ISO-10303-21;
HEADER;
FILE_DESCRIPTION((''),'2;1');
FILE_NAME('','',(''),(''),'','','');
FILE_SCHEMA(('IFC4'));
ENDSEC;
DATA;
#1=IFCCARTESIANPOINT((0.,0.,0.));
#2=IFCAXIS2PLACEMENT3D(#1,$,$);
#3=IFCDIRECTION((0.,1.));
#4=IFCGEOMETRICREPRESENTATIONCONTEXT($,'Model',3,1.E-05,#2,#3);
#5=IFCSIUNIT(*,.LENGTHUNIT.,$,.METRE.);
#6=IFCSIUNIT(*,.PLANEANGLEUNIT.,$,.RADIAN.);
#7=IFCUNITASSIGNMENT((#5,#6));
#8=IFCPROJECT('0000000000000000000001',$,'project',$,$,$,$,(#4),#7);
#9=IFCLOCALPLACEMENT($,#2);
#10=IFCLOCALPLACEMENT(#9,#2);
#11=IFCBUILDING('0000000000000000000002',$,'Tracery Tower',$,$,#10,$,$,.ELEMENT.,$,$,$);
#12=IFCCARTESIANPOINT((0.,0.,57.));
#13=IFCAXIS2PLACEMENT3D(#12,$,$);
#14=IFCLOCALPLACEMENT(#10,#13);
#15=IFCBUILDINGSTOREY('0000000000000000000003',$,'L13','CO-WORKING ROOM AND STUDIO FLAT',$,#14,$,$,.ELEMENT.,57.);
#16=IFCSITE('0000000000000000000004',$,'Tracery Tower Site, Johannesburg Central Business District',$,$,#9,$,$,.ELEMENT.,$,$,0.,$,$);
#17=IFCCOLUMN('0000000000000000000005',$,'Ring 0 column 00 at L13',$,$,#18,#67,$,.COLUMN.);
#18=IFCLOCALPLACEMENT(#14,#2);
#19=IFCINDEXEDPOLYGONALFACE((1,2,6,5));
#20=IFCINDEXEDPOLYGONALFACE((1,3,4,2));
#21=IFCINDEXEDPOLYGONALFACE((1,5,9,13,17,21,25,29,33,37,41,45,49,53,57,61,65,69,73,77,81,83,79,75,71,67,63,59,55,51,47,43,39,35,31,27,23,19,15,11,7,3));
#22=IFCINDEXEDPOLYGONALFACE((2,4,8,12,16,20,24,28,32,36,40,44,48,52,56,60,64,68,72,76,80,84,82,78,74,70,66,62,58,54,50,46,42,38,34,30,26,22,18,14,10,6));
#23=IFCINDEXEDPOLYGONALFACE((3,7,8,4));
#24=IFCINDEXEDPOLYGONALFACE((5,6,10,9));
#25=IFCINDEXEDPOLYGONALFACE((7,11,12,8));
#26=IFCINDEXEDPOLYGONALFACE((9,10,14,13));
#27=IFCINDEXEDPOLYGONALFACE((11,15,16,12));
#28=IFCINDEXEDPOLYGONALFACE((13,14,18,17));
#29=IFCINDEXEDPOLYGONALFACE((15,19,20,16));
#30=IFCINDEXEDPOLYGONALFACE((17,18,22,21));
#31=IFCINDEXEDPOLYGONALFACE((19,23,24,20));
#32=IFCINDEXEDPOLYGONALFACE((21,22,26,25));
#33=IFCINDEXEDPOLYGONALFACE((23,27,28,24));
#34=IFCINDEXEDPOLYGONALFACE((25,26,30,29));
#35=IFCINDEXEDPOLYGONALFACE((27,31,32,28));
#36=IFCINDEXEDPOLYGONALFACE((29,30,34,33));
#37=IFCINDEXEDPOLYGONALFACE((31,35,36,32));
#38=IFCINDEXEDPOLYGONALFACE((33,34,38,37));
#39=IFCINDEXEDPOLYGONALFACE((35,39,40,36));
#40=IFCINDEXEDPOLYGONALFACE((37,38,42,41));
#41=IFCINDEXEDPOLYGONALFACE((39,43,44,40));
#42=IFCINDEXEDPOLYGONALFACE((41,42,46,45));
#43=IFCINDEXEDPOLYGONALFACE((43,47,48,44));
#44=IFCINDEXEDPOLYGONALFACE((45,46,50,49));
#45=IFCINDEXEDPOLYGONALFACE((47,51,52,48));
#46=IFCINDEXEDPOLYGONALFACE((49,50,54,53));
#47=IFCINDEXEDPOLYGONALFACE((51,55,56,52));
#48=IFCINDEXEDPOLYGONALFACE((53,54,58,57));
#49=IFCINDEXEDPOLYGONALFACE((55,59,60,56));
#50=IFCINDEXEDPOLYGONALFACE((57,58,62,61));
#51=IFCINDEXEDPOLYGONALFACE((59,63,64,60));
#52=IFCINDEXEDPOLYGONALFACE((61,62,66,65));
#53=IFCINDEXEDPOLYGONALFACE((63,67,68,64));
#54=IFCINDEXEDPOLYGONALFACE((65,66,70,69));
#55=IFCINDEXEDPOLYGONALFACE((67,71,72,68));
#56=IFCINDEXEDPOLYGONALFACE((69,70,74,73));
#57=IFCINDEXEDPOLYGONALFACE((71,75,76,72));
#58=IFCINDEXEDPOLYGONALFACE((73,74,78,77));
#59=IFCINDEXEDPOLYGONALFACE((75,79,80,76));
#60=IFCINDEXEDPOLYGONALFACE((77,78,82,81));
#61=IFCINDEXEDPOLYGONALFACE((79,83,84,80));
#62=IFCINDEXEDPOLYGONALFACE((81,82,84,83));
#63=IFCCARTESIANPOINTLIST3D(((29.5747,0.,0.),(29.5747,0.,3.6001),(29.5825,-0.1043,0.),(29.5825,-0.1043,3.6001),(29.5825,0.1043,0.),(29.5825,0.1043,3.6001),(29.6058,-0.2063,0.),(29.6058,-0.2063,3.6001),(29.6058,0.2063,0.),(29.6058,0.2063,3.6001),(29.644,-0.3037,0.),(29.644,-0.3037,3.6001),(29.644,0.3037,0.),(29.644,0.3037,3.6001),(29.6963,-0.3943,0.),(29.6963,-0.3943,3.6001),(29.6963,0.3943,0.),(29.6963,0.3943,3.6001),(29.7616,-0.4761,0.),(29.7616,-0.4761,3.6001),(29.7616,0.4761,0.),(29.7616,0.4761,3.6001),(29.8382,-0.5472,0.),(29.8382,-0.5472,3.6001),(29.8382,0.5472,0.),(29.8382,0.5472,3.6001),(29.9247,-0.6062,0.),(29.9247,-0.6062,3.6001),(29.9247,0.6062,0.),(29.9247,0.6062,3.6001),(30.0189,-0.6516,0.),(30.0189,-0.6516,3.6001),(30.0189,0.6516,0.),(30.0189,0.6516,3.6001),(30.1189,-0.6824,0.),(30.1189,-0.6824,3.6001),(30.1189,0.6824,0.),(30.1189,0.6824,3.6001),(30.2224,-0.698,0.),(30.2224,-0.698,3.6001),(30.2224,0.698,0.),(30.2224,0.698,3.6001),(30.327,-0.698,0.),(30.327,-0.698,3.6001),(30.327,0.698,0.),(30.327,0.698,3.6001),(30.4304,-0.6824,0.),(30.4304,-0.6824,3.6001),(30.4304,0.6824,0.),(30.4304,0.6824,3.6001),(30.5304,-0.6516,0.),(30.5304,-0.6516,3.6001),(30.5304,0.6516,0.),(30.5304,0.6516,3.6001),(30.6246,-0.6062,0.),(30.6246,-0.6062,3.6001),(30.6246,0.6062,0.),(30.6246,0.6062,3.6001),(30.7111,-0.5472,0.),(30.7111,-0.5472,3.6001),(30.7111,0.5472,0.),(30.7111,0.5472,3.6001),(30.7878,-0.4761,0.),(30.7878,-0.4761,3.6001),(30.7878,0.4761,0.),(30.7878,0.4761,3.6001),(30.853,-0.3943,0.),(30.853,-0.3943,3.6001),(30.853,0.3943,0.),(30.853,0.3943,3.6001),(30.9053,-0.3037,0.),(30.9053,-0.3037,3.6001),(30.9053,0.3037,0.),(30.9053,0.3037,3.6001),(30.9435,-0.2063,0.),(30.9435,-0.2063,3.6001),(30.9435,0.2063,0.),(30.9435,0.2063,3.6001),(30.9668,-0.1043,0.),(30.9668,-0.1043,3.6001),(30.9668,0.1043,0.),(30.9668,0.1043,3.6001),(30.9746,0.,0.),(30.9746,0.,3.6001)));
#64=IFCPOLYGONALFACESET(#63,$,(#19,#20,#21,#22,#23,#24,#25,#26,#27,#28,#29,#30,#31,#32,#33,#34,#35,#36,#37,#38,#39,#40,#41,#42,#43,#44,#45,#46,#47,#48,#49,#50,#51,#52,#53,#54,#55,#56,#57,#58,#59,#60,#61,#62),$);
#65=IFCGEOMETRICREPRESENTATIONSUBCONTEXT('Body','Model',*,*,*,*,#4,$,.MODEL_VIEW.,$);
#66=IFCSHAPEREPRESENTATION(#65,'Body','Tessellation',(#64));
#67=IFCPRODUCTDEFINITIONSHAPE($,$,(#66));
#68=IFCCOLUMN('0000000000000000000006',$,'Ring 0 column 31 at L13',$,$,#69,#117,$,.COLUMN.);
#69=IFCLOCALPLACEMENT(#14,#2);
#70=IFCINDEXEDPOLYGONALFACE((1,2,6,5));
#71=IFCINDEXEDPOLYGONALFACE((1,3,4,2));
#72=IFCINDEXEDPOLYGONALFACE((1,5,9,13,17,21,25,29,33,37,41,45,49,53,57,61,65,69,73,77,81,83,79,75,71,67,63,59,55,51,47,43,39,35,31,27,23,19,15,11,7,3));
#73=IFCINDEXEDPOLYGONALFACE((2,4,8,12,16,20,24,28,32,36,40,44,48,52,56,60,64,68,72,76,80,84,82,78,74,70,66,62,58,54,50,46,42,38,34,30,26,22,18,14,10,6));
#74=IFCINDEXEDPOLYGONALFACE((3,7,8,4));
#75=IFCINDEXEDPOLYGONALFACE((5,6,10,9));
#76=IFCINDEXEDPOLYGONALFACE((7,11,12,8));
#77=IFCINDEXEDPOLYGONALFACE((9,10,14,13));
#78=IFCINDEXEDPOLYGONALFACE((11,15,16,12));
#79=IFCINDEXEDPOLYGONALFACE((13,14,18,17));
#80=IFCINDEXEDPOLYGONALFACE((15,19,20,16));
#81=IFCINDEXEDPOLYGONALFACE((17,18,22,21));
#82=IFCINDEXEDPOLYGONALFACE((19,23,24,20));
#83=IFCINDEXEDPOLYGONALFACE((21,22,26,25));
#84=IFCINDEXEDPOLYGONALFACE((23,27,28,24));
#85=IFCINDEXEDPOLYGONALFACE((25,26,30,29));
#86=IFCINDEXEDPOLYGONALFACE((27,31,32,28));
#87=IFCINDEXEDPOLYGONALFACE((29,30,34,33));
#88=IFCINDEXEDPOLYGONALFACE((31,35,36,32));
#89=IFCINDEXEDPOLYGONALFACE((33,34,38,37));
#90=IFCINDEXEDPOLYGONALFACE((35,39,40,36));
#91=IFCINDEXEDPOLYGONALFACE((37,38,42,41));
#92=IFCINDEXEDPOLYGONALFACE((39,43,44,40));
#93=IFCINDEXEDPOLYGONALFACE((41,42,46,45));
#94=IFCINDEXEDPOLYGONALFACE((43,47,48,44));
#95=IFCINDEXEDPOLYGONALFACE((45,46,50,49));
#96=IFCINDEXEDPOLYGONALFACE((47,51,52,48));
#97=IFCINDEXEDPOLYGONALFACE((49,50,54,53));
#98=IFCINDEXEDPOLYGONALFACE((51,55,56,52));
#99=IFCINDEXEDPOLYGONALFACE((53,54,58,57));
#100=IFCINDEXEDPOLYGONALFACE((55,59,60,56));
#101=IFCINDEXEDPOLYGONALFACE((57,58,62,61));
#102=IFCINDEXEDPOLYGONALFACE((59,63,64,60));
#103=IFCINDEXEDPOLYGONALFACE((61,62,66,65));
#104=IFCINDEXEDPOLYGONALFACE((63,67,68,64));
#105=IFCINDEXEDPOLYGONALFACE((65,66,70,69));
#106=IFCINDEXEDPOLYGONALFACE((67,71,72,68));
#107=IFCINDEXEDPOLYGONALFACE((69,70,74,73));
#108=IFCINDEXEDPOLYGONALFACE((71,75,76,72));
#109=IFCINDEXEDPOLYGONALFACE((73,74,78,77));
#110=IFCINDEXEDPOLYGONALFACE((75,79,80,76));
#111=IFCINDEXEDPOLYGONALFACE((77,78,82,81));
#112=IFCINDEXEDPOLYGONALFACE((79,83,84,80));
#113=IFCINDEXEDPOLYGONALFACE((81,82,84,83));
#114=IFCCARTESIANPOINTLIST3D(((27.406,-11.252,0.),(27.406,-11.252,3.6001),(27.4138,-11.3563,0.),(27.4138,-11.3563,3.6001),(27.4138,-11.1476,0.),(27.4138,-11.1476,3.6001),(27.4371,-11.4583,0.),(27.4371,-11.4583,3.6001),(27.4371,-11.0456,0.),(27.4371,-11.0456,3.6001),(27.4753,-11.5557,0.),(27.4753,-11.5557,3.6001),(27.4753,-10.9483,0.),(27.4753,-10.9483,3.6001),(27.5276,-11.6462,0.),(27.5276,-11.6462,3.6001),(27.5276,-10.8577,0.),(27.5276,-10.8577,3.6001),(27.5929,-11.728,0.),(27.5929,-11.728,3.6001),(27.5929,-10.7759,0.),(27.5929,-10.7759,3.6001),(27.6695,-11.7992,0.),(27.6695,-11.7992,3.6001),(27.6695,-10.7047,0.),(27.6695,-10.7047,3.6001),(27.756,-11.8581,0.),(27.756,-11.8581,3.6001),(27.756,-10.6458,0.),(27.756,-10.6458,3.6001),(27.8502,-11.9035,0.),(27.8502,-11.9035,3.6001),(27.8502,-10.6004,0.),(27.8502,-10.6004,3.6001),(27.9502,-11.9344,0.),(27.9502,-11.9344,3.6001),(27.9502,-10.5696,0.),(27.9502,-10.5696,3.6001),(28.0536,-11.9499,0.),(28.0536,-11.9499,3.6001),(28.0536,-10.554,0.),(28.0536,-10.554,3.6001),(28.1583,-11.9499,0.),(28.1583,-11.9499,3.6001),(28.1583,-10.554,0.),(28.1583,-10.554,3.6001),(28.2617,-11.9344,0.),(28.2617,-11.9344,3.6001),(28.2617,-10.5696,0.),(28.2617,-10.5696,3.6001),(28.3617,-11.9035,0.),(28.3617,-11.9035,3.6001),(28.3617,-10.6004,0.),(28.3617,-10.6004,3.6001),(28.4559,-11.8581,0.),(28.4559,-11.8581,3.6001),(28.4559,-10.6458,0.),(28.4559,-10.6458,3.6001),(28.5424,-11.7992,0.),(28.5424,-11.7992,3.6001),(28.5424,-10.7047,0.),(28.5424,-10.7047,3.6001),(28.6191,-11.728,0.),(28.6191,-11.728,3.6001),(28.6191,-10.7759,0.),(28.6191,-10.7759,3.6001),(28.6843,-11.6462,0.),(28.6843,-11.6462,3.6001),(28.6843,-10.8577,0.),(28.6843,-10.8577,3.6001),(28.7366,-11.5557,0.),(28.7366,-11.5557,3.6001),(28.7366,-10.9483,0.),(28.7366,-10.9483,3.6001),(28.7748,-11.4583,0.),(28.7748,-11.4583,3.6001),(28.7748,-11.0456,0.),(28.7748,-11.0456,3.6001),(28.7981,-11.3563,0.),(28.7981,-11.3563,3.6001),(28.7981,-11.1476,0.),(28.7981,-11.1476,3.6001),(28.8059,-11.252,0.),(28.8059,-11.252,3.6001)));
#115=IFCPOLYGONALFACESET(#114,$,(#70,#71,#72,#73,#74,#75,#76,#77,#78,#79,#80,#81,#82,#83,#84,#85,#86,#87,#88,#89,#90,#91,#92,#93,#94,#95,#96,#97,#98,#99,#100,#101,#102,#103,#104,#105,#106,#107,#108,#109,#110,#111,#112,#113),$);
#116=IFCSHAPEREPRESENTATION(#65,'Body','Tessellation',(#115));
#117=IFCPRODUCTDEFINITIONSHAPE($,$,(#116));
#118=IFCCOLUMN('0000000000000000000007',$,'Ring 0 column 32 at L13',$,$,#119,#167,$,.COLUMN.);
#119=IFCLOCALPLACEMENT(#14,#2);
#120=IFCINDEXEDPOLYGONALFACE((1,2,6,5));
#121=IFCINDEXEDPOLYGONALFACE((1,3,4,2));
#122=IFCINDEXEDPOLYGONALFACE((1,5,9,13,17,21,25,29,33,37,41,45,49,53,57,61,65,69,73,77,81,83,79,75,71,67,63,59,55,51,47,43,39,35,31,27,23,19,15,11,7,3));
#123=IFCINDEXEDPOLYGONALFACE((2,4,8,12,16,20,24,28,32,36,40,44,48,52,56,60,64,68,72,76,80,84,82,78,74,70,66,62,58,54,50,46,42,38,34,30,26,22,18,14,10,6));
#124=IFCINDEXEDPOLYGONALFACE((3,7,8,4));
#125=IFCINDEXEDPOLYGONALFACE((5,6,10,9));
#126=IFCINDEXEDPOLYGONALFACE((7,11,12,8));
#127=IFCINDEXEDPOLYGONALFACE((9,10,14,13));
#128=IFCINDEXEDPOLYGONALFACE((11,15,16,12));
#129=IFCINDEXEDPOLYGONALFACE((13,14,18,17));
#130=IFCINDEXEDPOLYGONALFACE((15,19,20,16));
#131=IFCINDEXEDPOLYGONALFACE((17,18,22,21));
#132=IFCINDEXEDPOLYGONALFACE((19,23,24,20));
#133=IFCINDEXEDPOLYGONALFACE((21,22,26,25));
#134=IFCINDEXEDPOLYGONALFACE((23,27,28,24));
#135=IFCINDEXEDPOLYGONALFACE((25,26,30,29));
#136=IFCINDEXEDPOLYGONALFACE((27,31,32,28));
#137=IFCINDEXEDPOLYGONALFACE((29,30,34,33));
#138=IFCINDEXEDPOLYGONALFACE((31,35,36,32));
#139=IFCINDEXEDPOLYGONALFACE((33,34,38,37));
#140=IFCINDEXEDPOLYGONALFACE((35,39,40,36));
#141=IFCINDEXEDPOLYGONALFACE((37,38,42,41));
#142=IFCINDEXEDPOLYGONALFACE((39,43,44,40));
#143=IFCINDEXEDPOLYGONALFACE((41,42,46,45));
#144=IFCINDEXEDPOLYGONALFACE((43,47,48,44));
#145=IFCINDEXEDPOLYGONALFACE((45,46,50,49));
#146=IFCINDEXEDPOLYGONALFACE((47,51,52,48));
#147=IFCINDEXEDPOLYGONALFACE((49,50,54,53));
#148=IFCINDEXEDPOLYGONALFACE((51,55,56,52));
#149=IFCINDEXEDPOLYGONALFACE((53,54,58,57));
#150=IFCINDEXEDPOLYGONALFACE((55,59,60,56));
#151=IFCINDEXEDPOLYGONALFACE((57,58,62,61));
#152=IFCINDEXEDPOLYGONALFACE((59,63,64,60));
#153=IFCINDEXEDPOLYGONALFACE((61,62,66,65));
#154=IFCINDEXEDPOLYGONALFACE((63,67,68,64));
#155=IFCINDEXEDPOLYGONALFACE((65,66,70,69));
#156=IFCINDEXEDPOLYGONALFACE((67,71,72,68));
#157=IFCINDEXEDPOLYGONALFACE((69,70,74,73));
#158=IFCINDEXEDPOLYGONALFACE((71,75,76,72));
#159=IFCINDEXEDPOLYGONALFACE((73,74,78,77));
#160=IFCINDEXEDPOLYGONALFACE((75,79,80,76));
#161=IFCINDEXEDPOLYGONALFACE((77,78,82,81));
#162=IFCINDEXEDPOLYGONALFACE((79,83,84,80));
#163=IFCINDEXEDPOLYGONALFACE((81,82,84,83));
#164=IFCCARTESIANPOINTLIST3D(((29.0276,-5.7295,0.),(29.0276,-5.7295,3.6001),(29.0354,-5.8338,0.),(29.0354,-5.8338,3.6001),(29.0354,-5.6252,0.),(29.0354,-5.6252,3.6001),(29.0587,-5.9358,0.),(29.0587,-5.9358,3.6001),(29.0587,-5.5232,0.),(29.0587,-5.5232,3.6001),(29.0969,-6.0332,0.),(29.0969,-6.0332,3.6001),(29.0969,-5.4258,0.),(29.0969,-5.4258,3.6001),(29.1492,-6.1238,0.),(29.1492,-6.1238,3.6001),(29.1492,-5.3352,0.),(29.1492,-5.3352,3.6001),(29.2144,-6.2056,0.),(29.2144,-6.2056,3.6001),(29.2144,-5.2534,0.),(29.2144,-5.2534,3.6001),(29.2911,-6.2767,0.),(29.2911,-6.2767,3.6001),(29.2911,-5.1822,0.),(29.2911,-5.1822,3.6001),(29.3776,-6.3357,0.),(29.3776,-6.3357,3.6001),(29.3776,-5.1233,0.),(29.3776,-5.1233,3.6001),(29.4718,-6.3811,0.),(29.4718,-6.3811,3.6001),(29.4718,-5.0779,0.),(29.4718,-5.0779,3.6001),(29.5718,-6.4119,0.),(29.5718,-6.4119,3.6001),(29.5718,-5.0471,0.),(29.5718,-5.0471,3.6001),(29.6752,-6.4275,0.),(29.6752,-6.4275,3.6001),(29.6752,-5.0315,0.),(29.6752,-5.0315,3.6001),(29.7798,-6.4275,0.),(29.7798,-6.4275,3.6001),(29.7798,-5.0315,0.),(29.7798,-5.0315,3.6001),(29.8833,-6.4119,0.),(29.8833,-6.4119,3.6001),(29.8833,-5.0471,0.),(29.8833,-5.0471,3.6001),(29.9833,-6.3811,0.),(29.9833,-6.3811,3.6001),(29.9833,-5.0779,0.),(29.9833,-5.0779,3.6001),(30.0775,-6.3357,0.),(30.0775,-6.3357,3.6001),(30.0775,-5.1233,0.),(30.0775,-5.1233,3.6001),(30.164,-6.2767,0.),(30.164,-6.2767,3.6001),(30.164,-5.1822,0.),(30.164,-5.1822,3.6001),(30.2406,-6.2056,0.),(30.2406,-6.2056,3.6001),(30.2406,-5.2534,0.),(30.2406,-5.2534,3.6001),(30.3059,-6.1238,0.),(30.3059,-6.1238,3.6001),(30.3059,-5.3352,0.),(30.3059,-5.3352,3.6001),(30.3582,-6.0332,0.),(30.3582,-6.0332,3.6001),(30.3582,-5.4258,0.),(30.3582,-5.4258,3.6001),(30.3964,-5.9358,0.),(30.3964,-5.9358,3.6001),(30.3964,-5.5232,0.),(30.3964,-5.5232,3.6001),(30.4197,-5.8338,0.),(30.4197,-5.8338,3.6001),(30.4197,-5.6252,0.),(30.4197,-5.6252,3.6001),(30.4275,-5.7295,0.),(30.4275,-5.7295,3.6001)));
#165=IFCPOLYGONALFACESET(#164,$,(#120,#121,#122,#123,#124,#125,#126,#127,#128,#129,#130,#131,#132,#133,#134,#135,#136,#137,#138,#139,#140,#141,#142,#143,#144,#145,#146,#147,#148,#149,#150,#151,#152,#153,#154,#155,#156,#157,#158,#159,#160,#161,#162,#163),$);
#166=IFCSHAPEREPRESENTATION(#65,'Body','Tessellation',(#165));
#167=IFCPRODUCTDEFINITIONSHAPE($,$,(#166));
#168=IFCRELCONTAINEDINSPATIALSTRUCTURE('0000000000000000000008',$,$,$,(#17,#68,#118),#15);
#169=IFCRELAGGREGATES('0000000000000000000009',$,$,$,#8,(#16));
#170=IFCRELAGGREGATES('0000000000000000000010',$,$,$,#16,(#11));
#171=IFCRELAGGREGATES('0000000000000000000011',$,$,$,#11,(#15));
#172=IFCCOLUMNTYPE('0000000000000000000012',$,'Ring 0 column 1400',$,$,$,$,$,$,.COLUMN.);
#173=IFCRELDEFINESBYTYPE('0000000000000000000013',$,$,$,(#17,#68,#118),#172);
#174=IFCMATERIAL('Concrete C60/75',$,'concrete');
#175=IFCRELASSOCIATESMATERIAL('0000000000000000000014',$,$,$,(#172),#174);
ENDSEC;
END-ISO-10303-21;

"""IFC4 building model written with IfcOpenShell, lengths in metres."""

from ifc_helpers import new_model, si_unit, direction, frame, origin, origin_2d, place, context, subcontext, project, spatial, circle, extrude, material, material_profile, profile_set, type_object, element, save


model = new_model("IFC4")

# Units and contexts
model_context = context("Model", 3, precision=1e-05, world=origin(), true_north=direction((0.0, 1.0)))
body_context = subcontext(model_context, "Body", "Model", "MODEL_VIEW")
ifc_project = project(units=[si_unit("LENGTHUNIT", "METRE"), si_unit("PLANEANGLEUNIT", "RADIAN")], contexts=[model_context])

# Site, building, storey
site_placement = place(None, origin())
site = spatial("IfcSite", under=ifc_project, at=site_placement, Name="Tracery Tower Site, Johannesburg Central Business District", CompositionType="ELEMENT", RefElevation=0.0)
building_placement = place(site_placement, origin())
building = spatial("IfcBuilding", under=site, at=building_placement, Name="Tracery Tower", CompositionType="ELEMENT")
storey_placement = place(building_placement, frame((0.0, 0.0, 57.0)))
storey = spatial("IfcBuildingStorey", under=building, at=storey_placement, Name="L13", Description="CO-WORKING ROOM AND STUDIO FLAT", CompositionType="ELEMENT", Elevation=57.0)

# Columns
ifc_material_1 = material(Name="Concrete C60/75", Category="concrete")
ifc_material_profile_1 = material_profile(ifc_material_1, circle(Radius=0.7, at=origin_2d()), Name="RC D1400")
ifc_profile_set_1 = profile_set([ifc_material_profile_1], Name="Concrete C60/75")
column_type_1 = type_object("IfcColumnType", Name="Ring 0 column 1400", PredefinedType="COLUMN", material=ifc_profile_set_1)
for number, where, z_axis, x_axis, name in (
    (1, (30.2747, 0.0, 0.0), (0.0, 0.0, 1.0), (1.0, 0.0, 0.0), "Ring 0 column 00 at L13"),
    (2, (28.106, -11.252, 0.0), (0.0, 0.0, 1.0), (1.0, 0.0, 0.0), "Ring 0 column 31 at L13"),
    (3, (29.7275, -5.7295, 0.0), (0.0, 0.0, 1.0), (1.0, 0.0, 0.0), "Ring 0 column 32 at L13"),
):
    element("IfcColumn", number, at=place(storey_placement, frame(where, z_axis=z_axis, x_axis=x_axis)), inside=storey, type_object=column_type_1, Name=name, PredefinedType="COLUMN", context=body_context, shape_type="SweptSolid", body=[
        extrude(circle(Radius=0.7, at=origin_2d()), origin(), (0.0, 0.0, 1.0), 3.6001),
    ])

save(model, "model.ifc")
